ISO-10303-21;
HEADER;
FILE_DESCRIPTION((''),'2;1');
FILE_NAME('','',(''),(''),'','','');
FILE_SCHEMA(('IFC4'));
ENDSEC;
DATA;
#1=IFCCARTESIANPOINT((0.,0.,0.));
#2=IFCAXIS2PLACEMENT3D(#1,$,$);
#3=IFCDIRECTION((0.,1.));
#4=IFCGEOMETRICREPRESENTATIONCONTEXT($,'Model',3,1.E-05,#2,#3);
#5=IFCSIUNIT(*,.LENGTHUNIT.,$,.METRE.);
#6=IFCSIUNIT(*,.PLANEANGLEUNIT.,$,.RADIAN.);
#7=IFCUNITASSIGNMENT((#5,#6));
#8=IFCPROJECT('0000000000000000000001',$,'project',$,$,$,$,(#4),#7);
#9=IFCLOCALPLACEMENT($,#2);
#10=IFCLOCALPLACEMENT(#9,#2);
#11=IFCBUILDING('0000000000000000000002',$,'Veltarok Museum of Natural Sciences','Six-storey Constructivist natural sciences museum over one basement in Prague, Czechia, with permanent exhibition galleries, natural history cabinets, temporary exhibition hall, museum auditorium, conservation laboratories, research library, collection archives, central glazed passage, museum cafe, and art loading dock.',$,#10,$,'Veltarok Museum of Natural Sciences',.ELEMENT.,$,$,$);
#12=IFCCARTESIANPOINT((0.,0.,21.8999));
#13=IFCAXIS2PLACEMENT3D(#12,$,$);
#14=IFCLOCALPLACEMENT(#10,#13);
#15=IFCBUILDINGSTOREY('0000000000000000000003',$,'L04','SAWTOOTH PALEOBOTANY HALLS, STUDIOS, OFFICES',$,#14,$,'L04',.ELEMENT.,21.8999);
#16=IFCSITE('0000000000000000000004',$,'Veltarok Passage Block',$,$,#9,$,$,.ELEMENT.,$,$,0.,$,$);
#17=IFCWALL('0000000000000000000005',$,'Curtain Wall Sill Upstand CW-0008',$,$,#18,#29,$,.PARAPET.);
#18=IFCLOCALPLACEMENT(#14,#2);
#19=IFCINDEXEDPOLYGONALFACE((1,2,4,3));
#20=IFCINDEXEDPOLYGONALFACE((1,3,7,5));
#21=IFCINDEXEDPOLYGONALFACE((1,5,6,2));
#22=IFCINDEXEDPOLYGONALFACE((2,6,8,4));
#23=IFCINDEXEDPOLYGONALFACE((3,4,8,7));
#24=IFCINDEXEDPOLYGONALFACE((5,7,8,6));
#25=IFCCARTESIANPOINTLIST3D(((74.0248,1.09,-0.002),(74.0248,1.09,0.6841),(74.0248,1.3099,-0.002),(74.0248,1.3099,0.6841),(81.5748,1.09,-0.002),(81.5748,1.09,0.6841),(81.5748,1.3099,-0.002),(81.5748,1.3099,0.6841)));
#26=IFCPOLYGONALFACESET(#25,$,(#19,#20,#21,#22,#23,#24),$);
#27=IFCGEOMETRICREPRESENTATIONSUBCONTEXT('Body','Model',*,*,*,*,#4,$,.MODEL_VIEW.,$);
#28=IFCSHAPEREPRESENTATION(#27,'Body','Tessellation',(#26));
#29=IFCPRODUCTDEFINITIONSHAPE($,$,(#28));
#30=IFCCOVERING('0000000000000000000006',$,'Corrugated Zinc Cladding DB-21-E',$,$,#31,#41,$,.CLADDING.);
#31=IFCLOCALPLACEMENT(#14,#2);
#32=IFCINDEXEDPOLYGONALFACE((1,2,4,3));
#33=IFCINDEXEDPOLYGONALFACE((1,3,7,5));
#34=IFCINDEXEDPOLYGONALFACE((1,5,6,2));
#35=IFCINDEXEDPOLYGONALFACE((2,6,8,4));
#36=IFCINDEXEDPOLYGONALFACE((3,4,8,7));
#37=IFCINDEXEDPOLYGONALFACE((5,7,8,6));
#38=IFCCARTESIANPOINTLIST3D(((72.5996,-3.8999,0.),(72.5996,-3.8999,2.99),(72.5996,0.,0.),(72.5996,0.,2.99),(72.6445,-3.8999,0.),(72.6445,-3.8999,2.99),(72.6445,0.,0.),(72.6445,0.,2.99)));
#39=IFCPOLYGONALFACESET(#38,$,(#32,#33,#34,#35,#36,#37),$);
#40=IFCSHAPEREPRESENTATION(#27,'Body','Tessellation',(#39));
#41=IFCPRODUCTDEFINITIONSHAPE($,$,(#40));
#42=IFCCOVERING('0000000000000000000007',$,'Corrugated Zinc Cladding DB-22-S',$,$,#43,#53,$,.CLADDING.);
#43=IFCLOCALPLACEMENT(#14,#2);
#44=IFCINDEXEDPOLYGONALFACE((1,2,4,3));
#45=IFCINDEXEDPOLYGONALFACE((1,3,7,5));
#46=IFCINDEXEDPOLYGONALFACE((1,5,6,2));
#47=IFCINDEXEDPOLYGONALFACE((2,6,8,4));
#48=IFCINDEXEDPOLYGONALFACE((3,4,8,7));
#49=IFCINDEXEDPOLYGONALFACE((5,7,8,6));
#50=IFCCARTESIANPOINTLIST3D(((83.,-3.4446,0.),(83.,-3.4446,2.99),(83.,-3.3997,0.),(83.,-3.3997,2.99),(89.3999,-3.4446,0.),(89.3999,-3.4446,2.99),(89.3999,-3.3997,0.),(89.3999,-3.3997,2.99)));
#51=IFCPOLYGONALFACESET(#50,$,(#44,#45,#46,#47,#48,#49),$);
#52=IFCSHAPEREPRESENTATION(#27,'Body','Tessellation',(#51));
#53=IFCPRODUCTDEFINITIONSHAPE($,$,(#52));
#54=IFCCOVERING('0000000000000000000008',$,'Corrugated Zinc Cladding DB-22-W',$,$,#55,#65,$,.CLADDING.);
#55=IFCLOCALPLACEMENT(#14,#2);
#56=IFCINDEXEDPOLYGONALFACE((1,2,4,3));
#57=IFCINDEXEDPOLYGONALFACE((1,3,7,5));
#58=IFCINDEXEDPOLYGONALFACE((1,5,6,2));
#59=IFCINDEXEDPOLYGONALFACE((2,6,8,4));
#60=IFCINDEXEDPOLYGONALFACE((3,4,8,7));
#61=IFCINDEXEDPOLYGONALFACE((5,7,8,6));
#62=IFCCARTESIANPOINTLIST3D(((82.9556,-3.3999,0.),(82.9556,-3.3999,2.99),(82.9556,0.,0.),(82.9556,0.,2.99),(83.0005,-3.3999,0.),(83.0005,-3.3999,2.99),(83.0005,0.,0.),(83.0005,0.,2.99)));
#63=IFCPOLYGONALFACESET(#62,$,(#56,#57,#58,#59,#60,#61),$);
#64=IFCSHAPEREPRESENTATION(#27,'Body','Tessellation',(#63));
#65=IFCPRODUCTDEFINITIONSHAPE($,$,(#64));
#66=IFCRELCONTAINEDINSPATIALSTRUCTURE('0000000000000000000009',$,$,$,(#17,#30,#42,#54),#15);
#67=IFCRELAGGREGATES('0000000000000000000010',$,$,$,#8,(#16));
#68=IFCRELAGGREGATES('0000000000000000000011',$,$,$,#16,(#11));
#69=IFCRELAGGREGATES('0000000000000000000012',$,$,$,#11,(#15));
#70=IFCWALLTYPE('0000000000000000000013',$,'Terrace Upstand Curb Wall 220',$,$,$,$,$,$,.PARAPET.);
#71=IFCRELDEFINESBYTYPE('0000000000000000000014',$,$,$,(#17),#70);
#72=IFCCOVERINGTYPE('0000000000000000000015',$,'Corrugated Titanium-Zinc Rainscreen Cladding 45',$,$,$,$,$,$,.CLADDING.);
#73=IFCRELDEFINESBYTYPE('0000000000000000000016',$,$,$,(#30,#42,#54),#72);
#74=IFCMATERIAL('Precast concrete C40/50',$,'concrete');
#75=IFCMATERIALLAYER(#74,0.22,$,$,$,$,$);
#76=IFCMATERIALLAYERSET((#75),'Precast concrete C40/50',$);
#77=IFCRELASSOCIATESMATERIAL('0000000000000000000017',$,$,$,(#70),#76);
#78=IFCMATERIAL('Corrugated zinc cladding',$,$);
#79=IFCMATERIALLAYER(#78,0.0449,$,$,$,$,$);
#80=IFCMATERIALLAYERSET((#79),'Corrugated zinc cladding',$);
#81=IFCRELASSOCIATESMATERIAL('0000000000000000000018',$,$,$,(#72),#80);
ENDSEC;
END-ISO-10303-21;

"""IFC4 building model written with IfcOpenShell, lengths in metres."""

from ifc_helpers import new_model, si_unit, direction, frame, frame_2d, origin, place, context, subcontext, project, spatial, rectangle, extrude, material, layer, layer_set, type_object, element, save


model = new_model("IFC4")

# Units and contexts
model_context = context("Model", 3, precision=1e-05, world=origin(), true_north=direction((0.0, 1.0)))
body_context = subcontext(model_context, "Body", "Model", "MODEL_VIEW")
ifc_project = project(units=[si_unit("LENGTHUNIT", "METRE"), si_unit("PLANEANGLEUNIT", "RADIAN")], contexts=[model_context])

# Site, building, storey
site_placement = place(None, origin())
site = spatial("IfcSite", under=ifc_project, at=site_placement, Name="Veltarok Passage Block", CompositionType="ELEMENT", RefElevation=0.0)
building_placement = place(site_placement, origin())
building = spatial("IfcBuilding", under=site, at=building_placement, Name="Veltarok Museum of Natural Sciences", Description="Six-storey Constructivist natural sciences museum over one basement in Prague, Czechia, with permanent exhibition galleries, natural history cabinets, temporary exhibition hall, museum auditorium, conservation laboratories, research library, collection archives, central glazed passage, museum cafe, and art loading dock.", LongName="Veltarok Museum of Natural Sciences", CompositionType="ELEMENT")
storey_placement = place(building_placement, frame((0.0, 0.0, 21.8999)))
storey = spatial("IfcBuildingStorey", under=building, at=storey_placement, Name="L04", Description="SAWTOOTH PALEOBOTANY HALLS, STUDIOS, OFFICES", LongName="L04", CompositionType="ELEMENT", Elevation=21.8999)

# Shared definitions
ifc_material_1 = material(Name="Precast concrete C40/50", Category="concrete")

# Wall
ifc_layer_1 = layer(ifc_material_1, 0.22)
ifc_layer_set_1 = layer_set([ifc_layer_1], Name="Precast concrete C40/50")
wall_type_1 = type_object("IfcWallType", Name="Terrace Upstand Curb Wall 220", PredefinedType="PARAPET", material=ifc_layer_set_1)
wall_1_placement = place(storey_placement, frame((74.0249, 1.2, -0.002), z_axis=(0.0, 0.0, 1.0), x_axis=(1.0, 0.0, 0.0)))
element("IfcWall", 1, at=wall_1_placement, inside=storey, type_object=wall_type_1, Name="Curtain Wall Sill Upstand CW-0008", PredefinedType="PARAPET", context=body_context, shape_type="SweptSolid", body=[
    extrude(rectangle(XDim=7.55, YDim=0.22, at=frame_2d((3.7749, 0.0))), origin(), (0.0, 0.0, 1.0), 0.686),
])

# Coverings
ifc_material_2 = material(Name="Corrugated zinc cladding")
ifc_layer_2 = layer(ifc_material_2, 0.0449)
ifc_layer_set_2 = layer_set([ifc_layer_2], Name="Corrugated zinc cladding")
covering_type = type_object("IfcCoveringType", Name="Corrugated Titanium-Zinc Rainscreen Cladding 45", PredefinedType="CLADDING", material=ifc_layer_set_2)
covering_1_placement = place(storey_placement, frame((72.6221, -3.8999, 0.0), z_axis=(0.0, 0.0, 1.0), x_axis=(0.0, 1.0, 0.0)))
element("IfcCovering", 2, at=covering_1_placement, inside=storey, type_object=covering_type, Name="Corrugated Zinc Cladding DB-21-E", PredefinedType="CLADDING", context=body_context, shape_type="SweptSolid", body=[
    extrude(rectangle(XDim=3.8999, YDim=0.0449, at=frame_2d((1.95, 0.0))), origin(), (0.0, 0.0, 1.0), 2.99),
])
covering_2_placement = place(storey_placement, frame((83.0, -3.4221, 0.0), z_axis=(0.0, 0.0, 1.0), x_axis=(1.0, 0.0, 0.0)))
element("IfcCovering", 3, at=covering_2_placement, inside=storey, type_object=covering_type, Name="Corrugated Zinc Cladding DB-22-S", PredefinedType="CLADDING", context=body_context, shape_type="SweptSolid", body=[
    extrude(rectangle(XDim=6.3999, YDim=0.0449, at=frame_2d((3.2, 0.0))), origin(), (0.0, 0.0, 1.0), 2.99),
])
covering_3_placement = place(storey_placement, frame((82.978, 0.0, 0.0), z_axis=(0.0, 0.0, 1.0), x_axis=(0.0, -1.0, 0.0)))
element("IfcCovering", 4, at=covering_3_placement, inside=storey, type_object=covering_type, Name="Corrugated Zinc Cladding DB-22-W", PredefinedType="CLADDING", context=body_context, shape_type="SweptSolid", body=[
    extrude(rectangle(XDim=3.3999, YDim=0.0449, at=frame_2d((1.7, 0.0))), origin(), (0.0, 0.0, 1.0), 2.99),
])

save(model, "model.ifc")
